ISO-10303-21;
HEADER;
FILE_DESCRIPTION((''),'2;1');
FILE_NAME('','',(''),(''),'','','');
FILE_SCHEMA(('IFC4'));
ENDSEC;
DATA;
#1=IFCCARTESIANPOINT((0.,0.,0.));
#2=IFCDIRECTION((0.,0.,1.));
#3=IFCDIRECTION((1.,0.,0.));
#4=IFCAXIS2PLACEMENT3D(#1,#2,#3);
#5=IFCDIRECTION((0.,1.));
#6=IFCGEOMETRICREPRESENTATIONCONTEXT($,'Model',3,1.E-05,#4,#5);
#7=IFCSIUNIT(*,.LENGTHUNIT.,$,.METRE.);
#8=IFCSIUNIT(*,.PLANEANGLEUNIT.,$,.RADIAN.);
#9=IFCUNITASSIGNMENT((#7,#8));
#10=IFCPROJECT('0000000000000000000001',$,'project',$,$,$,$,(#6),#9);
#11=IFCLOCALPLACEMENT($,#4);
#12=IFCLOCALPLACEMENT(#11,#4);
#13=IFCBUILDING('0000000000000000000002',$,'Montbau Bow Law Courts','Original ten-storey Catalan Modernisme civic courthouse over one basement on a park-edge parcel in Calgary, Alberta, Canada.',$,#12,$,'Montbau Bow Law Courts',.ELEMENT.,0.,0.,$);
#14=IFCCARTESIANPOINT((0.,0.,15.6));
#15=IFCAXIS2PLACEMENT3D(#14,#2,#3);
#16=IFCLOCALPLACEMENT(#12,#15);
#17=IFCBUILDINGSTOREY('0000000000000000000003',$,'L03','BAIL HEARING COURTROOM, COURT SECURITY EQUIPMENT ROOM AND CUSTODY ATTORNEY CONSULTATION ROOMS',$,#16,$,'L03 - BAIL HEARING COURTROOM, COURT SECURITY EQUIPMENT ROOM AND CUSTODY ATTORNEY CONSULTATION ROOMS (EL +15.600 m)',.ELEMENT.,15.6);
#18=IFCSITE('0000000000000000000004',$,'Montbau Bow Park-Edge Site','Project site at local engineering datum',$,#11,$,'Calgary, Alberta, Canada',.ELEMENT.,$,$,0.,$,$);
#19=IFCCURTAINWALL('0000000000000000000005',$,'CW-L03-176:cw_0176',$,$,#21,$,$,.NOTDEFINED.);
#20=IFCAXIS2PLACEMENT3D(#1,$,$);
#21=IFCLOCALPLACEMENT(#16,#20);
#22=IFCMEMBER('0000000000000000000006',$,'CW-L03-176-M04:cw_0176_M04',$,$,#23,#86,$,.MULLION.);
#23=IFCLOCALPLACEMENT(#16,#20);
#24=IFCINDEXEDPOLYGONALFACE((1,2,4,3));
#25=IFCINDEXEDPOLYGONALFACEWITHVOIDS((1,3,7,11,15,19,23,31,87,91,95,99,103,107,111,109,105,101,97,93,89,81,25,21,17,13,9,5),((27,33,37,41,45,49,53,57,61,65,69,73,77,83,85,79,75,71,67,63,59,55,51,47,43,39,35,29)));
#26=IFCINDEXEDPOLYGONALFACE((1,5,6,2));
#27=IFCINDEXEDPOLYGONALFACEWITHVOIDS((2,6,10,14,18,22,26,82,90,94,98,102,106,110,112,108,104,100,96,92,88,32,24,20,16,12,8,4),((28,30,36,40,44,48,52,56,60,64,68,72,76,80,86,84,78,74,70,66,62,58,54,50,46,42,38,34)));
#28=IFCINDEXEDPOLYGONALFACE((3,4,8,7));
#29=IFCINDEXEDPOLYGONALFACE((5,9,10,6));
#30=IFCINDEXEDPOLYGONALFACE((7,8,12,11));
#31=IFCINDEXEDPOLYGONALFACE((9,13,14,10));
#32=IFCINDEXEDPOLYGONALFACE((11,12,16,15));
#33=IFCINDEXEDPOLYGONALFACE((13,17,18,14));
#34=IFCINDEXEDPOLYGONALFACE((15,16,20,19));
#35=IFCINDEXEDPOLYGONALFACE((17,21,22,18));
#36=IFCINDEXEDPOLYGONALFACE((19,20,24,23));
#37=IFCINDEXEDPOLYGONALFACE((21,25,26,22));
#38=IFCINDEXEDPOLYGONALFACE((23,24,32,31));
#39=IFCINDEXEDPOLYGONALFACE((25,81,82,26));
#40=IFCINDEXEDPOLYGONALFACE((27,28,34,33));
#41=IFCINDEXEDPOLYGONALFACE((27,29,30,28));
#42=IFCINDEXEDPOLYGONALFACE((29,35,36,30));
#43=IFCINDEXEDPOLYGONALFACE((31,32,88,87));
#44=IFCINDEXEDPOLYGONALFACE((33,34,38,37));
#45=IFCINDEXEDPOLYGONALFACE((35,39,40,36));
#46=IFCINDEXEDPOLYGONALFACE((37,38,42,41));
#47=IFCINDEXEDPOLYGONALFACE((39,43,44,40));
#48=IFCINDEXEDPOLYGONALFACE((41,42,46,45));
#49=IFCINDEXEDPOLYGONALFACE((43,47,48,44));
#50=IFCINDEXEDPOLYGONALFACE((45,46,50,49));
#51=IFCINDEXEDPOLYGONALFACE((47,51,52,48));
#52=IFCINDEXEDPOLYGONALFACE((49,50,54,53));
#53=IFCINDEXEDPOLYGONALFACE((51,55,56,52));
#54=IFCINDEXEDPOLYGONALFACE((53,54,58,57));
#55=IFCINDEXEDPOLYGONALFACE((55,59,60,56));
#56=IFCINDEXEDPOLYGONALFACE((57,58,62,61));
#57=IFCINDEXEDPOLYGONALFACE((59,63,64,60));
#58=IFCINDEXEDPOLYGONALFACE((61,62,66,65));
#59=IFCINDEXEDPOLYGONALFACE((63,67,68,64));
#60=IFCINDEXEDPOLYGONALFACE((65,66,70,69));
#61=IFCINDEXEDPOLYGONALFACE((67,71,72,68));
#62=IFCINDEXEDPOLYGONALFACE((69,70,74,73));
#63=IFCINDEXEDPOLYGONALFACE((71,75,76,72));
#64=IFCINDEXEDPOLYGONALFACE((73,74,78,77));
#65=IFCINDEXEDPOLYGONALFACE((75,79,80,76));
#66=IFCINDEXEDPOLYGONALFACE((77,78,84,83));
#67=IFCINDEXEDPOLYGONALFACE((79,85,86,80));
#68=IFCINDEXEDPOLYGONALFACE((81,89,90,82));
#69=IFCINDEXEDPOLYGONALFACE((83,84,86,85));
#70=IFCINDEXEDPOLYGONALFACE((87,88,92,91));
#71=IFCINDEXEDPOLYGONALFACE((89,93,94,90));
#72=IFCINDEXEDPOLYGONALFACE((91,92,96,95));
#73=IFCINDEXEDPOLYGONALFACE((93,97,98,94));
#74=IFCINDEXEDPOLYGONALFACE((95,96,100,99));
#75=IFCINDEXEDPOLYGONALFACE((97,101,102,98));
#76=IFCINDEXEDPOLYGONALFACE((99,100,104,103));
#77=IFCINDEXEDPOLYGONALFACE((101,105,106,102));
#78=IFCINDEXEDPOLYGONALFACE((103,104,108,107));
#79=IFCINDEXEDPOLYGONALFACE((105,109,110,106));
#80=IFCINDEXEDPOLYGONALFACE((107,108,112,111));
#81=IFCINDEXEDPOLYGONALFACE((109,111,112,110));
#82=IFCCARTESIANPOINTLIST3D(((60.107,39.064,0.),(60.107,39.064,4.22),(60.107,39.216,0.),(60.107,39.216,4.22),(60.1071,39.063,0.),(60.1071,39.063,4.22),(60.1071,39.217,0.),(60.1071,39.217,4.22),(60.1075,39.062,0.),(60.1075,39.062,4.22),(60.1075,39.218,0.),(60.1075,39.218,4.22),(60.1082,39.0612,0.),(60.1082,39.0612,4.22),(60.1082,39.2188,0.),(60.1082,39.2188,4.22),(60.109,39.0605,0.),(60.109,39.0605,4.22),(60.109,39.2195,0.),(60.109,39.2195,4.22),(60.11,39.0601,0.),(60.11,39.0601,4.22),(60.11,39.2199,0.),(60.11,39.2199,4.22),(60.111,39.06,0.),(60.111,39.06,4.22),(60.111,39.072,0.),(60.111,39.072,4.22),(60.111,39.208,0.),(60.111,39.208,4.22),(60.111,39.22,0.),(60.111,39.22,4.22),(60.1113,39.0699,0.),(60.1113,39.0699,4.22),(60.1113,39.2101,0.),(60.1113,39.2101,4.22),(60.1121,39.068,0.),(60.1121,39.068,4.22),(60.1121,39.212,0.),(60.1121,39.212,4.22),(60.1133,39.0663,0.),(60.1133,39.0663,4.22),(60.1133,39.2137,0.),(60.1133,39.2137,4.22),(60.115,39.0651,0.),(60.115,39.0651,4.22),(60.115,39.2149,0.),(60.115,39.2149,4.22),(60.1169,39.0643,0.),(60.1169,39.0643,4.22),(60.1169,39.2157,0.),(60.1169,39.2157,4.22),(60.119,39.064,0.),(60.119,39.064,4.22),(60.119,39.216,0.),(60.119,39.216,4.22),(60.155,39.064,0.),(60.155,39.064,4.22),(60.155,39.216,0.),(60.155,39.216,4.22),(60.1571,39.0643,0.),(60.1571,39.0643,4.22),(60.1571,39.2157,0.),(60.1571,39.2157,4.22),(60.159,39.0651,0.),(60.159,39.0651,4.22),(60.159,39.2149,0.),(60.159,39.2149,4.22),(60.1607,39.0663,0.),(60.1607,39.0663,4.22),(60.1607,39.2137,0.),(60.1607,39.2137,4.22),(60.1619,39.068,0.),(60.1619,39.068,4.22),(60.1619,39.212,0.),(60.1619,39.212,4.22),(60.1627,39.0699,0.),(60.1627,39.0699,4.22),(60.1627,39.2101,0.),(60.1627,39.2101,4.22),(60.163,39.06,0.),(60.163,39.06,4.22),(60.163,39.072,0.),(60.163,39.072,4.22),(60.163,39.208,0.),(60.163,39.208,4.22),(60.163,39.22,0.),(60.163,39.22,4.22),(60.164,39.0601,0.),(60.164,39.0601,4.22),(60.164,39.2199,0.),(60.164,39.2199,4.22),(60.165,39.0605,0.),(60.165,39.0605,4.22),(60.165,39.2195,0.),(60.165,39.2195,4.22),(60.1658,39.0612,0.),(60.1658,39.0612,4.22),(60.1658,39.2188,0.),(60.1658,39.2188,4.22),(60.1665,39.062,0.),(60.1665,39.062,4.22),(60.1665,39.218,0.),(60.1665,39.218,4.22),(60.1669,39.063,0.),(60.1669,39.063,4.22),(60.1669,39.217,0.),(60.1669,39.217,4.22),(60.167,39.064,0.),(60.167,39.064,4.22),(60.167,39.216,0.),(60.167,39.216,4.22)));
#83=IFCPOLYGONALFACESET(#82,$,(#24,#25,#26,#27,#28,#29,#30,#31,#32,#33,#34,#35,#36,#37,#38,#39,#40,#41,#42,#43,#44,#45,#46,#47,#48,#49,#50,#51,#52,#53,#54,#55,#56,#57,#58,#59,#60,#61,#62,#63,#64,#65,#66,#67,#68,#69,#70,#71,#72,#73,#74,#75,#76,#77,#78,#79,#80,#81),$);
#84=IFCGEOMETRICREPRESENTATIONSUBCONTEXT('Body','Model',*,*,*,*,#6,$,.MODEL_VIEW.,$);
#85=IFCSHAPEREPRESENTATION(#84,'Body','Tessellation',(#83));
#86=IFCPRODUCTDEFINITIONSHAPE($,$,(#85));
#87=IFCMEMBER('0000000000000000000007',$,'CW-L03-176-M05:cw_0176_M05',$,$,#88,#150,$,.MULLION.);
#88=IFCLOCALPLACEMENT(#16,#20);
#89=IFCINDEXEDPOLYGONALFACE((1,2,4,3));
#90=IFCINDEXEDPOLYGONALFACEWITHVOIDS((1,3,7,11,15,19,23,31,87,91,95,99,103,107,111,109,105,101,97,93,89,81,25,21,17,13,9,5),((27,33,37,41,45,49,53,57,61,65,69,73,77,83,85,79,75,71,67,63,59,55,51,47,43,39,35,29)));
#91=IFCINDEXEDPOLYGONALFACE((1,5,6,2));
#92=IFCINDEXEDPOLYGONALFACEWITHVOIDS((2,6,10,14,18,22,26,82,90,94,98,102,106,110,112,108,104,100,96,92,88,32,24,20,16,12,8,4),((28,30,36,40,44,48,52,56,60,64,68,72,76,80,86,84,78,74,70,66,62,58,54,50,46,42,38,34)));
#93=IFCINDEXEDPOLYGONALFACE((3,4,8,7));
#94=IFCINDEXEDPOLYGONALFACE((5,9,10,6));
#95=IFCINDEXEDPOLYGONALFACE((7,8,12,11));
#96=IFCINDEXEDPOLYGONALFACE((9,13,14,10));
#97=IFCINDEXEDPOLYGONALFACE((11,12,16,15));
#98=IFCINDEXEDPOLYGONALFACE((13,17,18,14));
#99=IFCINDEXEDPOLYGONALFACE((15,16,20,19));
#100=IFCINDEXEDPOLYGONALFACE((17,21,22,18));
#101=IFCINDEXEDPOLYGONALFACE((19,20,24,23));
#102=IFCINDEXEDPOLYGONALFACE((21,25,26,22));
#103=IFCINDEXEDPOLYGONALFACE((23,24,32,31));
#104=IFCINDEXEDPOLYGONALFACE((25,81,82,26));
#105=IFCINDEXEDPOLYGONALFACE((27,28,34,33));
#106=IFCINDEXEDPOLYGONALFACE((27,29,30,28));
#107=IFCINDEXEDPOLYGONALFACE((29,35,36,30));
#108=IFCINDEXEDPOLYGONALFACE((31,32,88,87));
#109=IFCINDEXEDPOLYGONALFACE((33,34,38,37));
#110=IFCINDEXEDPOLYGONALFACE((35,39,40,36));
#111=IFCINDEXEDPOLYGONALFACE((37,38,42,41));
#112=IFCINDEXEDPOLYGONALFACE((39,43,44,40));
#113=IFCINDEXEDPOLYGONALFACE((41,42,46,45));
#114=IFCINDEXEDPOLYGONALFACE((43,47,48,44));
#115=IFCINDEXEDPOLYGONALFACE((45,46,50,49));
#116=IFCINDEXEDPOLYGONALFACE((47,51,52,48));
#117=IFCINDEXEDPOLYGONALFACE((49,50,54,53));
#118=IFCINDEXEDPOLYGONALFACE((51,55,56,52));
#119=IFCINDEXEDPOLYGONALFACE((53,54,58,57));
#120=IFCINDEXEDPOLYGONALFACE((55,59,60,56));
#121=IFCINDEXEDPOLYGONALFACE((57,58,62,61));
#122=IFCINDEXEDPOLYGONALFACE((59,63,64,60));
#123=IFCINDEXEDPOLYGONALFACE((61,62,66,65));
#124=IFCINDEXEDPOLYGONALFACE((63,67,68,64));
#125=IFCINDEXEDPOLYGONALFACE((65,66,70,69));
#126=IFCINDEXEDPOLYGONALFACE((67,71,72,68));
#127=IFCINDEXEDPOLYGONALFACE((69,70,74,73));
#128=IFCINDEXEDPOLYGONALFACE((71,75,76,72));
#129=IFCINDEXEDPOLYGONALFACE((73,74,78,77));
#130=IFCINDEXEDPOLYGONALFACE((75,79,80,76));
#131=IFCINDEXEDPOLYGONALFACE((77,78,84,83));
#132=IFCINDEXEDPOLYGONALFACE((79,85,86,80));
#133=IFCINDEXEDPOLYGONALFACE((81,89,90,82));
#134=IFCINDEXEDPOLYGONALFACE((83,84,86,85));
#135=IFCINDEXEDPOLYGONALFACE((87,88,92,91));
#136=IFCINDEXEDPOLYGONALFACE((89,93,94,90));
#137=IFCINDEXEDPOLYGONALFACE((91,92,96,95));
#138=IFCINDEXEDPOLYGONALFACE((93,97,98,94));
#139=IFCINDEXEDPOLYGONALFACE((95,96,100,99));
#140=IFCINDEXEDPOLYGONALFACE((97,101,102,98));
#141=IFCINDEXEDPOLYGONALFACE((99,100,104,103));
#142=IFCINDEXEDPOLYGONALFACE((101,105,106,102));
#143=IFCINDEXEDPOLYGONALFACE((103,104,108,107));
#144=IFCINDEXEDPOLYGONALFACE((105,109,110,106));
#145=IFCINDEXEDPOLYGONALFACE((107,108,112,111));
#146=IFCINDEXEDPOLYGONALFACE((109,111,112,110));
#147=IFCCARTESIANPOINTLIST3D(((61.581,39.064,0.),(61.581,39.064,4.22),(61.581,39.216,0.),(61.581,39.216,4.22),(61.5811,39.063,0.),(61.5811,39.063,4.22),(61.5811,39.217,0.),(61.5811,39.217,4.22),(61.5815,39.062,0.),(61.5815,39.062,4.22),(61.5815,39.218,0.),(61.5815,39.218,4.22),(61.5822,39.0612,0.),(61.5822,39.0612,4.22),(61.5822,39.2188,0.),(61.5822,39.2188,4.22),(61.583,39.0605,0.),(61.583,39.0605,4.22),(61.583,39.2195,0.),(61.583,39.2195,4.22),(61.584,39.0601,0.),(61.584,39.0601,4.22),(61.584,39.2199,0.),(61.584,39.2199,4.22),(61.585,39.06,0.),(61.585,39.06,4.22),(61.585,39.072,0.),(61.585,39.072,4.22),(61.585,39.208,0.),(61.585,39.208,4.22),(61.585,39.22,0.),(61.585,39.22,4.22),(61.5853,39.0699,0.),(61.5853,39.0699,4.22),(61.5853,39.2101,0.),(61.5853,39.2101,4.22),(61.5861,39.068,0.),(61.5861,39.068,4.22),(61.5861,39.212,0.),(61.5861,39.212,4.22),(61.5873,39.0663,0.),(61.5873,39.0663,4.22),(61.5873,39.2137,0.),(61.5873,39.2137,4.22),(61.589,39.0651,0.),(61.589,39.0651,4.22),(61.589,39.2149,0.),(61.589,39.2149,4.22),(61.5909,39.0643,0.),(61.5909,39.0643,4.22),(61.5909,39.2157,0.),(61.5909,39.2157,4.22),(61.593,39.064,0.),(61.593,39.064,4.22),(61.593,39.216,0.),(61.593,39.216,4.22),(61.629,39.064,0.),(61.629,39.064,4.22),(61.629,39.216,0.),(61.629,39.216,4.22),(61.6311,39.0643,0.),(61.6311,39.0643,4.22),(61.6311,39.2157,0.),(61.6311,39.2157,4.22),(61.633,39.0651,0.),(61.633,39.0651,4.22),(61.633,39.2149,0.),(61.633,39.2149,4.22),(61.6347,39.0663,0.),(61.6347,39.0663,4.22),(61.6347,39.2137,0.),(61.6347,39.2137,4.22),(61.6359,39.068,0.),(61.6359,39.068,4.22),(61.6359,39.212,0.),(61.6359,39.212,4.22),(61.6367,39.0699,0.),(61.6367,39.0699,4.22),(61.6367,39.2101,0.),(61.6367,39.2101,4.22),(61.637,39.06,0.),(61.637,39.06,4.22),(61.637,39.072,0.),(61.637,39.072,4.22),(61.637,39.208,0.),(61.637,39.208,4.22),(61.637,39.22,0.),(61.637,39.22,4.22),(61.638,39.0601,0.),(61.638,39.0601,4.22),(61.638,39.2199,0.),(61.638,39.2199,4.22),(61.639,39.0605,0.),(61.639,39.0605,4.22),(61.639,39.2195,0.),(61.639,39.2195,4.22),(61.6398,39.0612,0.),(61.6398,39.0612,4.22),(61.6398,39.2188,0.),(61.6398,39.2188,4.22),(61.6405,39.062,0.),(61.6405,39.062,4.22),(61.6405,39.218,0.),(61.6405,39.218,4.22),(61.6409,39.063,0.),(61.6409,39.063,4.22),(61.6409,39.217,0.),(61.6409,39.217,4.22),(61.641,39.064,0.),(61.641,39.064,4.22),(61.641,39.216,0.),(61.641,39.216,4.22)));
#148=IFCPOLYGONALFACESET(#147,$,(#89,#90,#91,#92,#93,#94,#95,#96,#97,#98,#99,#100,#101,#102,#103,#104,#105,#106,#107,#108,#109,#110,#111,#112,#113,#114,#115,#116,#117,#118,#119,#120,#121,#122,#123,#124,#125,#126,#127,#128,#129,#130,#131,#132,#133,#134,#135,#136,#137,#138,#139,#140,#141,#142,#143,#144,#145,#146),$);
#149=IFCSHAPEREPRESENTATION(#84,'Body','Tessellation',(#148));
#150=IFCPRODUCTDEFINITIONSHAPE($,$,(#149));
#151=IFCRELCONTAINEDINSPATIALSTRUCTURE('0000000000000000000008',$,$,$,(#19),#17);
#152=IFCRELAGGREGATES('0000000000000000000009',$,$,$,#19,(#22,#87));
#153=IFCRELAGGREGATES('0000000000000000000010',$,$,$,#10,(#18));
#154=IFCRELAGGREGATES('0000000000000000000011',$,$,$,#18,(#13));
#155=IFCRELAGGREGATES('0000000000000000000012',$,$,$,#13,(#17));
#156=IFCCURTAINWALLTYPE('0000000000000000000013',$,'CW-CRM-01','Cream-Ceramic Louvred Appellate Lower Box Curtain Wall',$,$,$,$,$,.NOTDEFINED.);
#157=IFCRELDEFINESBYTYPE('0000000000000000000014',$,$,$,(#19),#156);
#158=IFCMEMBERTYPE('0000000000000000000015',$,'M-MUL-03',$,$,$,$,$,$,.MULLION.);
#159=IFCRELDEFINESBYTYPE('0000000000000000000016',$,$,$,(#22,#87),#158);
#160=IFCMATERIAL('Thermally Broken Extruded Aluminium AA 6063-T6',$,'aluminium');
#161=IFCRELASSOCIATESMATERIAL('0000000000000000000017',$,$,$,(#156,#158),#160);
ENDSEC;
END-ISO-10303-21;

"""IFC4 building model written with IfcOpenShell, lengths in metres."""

from ifc_helpers import new_model, si_unit, direction, frame, origin_with_axes, origin_2d_with_axis, place, context, subcontext, project, spatial, hollow_rectangle, extrude, material, material_profile, profile_set, type_object, element, aggregate, save


model = new_model("IFC4")

# Units and contexts
model_context = context("Model", 3, precision=1e-05, world=origin_with_axes(), true_north=direction((0.0, 1.0)))
body_context = subcontext(model_context, "Body", "Model", "MODEL_VIEW")
ifc_project = project(units=[si_unit("LENGTHUNIT", "METRE"), si_unit("PLANEANGLEUNIT", "RADIAN")], contexts=[model_context])

# Site, building, storey
site_placement = place(None, origin_with_axes())
site = spatial("IfcSite", under=ifc_project, at=site_placement, Name="Montbau Bow Park-Edge Site", Description="Project site at local engineering datum", LongName="Calgary, Alberta, Canada", CompositionType="ELEMENT", RefElevation=0.0)
building_placement = place(site_placement, origin_with_axes())
building = spatial("IfcBuilding", under=site, at=building_placement, Name="Montbau Bow Law Courts", Description="Original ten-storey Catalan Modernisme civic courthouse over one basement on a park-edge parcel in Calgary, Alberta, Canada.", LongName="Montbau Bow Law Courts", CompositionType="ELEMENT", ElevationOfRefHeight=0.0, ElevationOfTerrain=0.0)
storey_placement = place(building_placement, frame((0.0, 0.0, 15.6), z_axis=(0.0, 0.0, 1.0), x_axis=(1.0, 0.0, 0.0)))
storey = spatial("IfcBuildingStorey", under=building, at=storey_placement, Name="L03", Description="BAIL HEARING COURTROOM, COURT SECURITY EQUIPMENT ROOM AND CUSTODY ATTORNEY CONSULTATION ROOMS", LongName="L03 - BAIL HEARING COURTROOM, COURT SECURITY EQUIPMENT ROOM AND CUSTODY ATTORNEY CONSULTATION ROOMS (EL +15.600 m)", CompositionType="ELEMENT", Elevation=15.6)

# Curtain wall, members
ifc_material_1 = material(Name="Thermally Broken Extruded Aluminium AA 6063-T6", Category="aluminium")
curtain_wall_type = type_object("IfcCurtainWallType", Name="CW-CRM-01", Description="Cream-Ceramic Louvred Appellate Lower Box Curtain Wall", PredefinedType="NOTDEFINED", material=ifc_material_1)
curtain_wall_placement = place(None, frame((55.715, 39.14, 15.6), z_axis=(0.0, 0.0, 1.0), x_axis=(1.0, 0.0, 0.0)))
curtain_wall = element("IfcCurtainWall", 1, at=curtain_wall_placement, inside=storey, type_object=curtain_wall_type, Name="CW-L03-176:cw_0176", PredefinedType="NOTDEFINED")
ifc_material_profile_1 = material_profile(ifc_material_1, hollow_rectangle(XDim=0.06, YDim=0.16, WallThickness=0.004, InnerFilletRadius=0.008, OuterFilletRadius=0.004, at=origin_2d_with_axis()), Name="CWM-160X60", Category="Main", Priority=0)
ifc_profile_set_1 = profile_set([ifc_material_profile_1], Name="Thermally Broken Extruded Aluminium AA 6063-T6")
member_type_1 = type_object("IfcMemberType", Name="M-MUL-03", PredefinedType="MULLION", material=ifc_profile_set_1)
member_1_placement = place(None, frame((60.137, 39.14, 15.6), z_axis=(0.0, 0.0, 1.0), x_axis=(1.0, 0.0, 0.0)))
member_1 = element("IfcMember", 2, at=member_1_placement, type_object=member_type_1, Name="CW-L03-176-M04:cw_0176_M04", PredefinedType="MULLION", context=body_context, shape_type="SweptSolid", body=[
    extrude(hollow_rectangle(XDim=0.06, YDim=0.16, WallThickness=0.004, InnerFilletRadius=0.008, OuterFilletRadius=0.004, at=origin_2d_with_axis()), origin_with_axes(), (0.0, 0.0, 1.0), 4.22),
])
member_2_placement = place(None, frame((61.611, 39.14, 15.6), z_axis=(0.0, 0.0, 1.0), x_axis=(1.0, 0.0, 0.0)))
member_2 = element("IfcMember", 3, at=member_2_placement, type_object=member_type_1, Name="CW-L03-176-M05:cw_0176_M05", PredefinedType="MULLION", context=body_context, shape_type="SweptSolid", body=[
    extrude(hollow_rectangle(XDim=0.06, YDim=0.16, WallThickness=0.004, InnerFilletRadius=0.008, OuterFilletRadius=0.004, at=origin_2d_with_axis()), origin_with_axes(), (0.0, 0.0, 1.0), 4.22),
])
aggregate(curtain_wall, [member_1, member_2])

save(model, "model.ifc")
